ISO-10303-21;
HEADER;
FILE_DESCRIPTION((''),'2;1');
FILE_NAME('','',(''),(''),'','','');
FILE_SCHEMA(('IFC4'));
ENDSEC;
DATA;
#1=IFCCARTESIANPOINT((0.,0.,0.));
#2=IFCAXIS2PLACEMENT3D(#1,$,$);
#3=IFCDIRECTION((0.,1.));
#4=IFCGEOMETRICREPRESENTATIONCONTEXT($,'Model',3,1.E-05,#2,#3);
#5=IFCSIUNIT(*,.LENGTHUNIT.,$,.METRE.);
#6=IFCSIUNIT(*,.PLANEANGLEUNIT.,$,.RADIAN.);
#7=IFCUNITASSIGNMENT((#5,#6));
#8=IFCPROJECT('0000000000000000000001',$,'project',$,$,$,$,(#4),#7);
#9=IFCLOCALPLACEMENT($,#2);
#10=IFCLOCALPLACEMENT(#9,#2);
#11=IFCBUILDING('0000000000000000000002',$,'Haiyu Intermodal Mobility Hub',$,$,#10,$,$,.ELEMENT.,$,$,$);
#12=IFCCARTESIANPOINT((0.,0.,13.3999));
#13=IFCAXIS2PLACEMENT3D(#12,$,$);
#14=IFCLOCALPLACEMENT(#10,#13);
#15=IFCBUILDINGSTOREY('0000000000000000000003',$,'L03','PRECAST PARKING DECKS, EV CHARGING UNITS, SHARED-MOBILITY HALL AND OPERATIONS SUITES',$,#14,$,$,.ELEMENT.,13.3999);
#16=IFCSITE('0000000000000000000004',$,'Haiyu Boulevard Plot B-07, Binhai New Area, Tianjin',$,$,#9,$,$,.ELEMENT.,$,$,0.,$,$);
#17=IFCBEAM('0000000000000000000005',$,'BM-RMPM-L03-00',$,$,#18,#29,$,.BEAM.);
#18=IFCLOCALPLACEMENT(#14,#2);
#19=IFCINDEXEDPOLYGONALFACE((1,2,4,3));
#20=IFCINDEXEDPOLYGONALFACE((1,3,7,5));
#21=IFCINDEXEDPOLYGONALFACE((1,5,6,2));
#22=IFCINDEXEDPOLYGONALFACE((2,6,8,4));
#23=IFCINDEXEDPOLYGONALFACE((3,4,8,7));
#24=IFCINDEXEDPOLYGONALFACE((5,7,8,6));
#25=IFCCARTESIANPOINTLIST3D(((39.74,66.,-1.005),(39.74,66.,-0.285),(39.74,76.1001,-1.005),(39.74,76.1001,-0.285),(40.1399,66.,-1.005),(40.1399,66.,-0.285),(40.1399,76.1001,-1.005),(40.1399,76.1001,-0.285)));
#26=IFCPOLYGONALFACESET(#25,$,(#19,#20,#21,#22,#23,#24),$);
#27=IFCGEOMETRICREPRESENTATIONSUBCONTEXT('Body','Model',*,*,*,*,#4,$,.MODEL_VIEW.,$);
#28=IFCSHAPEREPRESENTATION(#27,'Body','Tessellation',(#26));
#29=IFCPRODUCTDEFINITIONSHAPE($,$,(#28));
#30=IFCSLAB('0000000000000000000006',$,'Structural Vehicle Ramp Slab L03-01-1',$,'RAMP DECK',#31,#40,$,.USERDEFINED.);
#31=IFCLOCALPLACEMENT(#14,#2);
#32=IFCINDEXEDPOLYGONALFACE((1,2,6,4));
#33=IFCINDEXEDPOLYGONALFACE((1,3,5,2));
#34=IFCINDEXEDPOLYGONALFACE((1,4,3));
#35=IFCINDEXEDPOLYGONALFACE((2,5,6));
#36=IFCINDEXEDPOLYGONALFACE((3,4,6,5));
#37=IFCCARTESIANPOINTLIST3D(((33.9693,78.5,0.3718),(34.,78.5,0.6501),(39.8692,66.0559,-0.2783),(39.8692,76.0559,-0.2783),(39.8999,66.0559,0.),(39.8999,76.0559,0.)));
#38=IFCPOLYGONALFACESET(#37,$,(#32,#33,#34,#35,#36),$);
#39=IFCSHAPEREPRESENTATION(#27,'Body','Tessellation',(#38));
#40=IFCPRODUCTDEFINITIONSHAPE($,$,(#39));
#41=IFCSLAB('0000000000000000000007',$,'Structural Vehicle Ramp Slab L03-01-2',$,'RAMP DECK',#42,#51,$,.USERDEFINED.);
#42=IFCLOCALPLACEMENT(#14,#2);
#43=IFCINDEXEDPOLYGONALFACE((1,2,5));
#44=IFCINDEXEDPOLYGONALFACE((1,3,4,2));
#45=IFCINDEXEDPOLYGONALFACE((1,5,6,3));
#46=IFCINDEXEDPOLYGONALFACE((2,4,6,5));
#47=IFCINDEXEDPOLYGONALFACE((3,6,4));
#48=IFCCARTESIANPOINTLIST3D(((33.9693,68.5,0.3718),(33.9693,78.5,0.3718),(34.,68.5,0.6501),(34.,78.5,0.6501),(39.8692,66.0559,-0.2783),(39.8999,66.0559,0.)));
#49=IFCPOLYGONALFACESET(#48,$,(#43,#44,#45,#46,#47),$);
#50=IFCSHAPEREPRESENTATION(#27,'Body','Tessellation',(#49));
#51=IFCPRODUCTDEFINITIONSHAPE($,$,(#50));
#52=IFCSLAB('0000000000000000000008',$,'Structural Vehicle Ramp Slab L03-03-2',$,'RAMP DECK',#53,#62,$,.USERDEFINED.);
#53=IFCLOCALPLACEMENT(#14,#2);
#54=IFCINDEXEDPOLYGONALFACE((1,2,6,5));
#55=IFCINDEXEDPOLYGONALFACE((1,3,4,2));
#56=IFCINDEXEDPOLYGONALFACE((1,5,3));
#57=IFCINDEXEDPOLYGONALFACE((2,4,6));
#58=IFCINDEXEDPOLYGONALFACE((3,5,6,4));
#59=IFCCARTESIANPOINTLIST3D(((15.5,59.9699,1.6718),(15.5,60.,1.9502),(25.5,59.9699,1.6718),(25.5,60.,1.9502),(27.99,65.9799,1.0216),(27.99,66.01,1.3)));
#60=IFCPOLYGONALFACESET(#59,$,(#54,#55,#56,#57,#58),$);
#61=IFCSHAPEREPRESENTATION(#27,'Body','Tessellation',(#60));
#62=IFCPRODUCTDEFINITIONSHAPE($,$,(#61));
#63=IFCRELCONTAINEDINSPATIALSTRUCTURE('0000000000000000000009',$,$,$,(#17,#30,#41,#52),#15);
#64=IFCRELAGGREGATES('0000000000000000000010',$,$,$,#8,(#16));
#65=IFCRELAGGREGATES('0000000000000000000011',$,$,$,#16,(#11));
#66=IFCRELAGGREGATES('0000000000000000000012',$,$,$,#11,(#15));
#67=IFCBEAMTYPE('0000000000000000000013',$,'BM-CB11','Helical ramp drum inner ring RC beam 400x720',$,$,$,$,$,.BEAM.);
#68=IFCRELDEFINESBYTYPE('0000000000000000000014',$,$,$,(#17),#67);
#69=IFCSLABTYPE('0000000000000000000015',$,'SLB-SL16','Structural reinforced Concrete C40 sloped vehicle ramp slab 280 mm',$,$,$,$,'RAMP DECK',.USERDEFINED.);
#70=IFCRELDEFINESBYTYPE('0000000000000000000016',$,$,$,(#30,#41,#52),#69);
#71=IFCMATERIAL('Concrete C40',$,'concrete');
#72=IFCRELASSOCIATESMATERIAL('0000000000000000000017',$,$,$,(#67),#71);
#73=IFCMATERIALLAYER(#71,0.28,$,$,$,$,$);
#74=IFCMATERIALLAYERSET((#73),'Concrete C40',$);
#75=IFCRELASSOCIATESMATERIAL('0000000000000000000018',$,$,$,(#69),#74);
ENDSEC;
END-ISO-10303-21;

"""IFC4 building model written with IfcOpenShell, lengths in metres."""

from ifc_helpers import new_model, si_unit, direction, frame, origin, origin_2d, place, context, subcontext, project, spatial, polyline, rectangle, outline, extrude, material, layer, layer_set, material_profile, profile_set, type_object, element, save


model = new_model("IFC4")

# Units and contexts
model_context = context("Model", 3, precision=1e-05, world=origin(), true_north=direction((0.0, 1.0)))
body_context = subcontext(model_context, "Body", "Model", "MODEL_VIEW")
ifc_project = project(units=[si_unit("LENGTHUNIT", "METRE"), si_unit("PLANEANGLEUNIT", "RADIAN")], contexts=[model_context])

# Site, building, storey
site_placement = place(None, origin())
site = spatial("IfcSite", under=ifc_project, at=site_placement, Name="Haiyu Boulevard Plot B-07, Binhai New Area, Tianjin", CompositionType="ELEMENT", RefElevation=0.0)
building_placement = place(site_placement, origin())
building = spatial("IfcBuilding", under=site, at=building_placement, Name="Haiyu Intermodal Mobility Hub", CompositionType="ELEMENT")
storey_placement = place(building_placement, frame((0.0, 0.0, 13.3999)))
storey = spatial("IfcBuildingStorey", under=building, at=storey_placement, Name="L03", Description="PRECAST PARKING DECKS, EV CHARGING UNITS, SHARED-MOBILITY HALL AND OPERATIONS SUITES", CompositionType="ELEMENT", Elevation=13.3999)

# Shared definitions
ifc_material_1 = material(Name="Concrete C40", Category="concrete")

# Beam
ifc_material_profile_1 = material_profile(ifc_material_1, rectangle(XDim=0.3999, YDim=0.72, at=origin_2d()), Name="RCB400x720")
ifc_profile_set_1 = profile_set([ifc_material_profile_1], Name="Concrete C40")
beam_type_1 = type_object("IfcBeamType", Name="BM-CB11", Description="Helical ramp drum inner ring RC beam 400x720", PredefinedType="BEAM", material=ifc_profile_set_1)
beam_1_placement = place(storey_placement, frame((39.9399, 66.0, -0.645), z_axis=(0.0, 1.0, 0.0), x_axis=(-1.0, 0.0, 0.0)))
element("IfcBeam", 1, at=beam_1_placement, inside=storey, type_object=beam_type_1, Name="BM-RMPM-L03-00", PredefinedType="BEAM", context=body_context, shape_type="SweptSolid", body=[
    extrude(rectangle(XDim=0.3999, YDim=0.72, at=origin_2d()), origin(), (0.0, 0.0, 1.0), 10.1001),
])

# Slabs
ifc_layer = layer(ifc_material_1, 0.28)
ifc_layer_set = layer_set([ifc_layer], Name="Concrete C40")
slab_type = type_object("IfcSlabType", Name="SLB-SL16", Description="Structural reinforced Concrete C40 sloped vehicle ramp slab 280 mm", ElementType="RAMP DECK", PredefinedType="USERDEFINED", material=ifc_layer_set)
slab_1_placement = place(storey_placement, frame((39.8999, 66.0559, 0.0), z_axis=(0.109533, 0.0, 0.993983), x_axis=(0.0, 1.0, 0.0)))
element("IfcSlab", 2, at=slab_1_placement, inside=storey, type_object=slab_type, Name="Structural Vehicle Ramp Slab L03-01-1", ObjectType="RAMP DECK", PredefinedType="USERDEFINED", context=body_context, shape_type="SweptSolid", body=[
    extrude(outline(polyline([(0.0, 0.0), (10.0, 0.0), (12.4441, 5.9356), (0.0, 0.0)])), origin(), (0.0, 0.0, -1.0), 0.28),
])
slab_2_placement = place(storey_placement, frame((39.8999, 66.0559, 0.0), z_axis=(0.109533, 0.0, 0.993983), x_axis=(-0.427926, 0.902583, 0.047156)))
element("IfcSlab", 3, at=slab_2_placement, inside=storey, type_object=slab_type, Name="Structural Vehicle Ramp Slab L03-01-2", ObjectType="RAMP DECK", PredefinedType="USERDEFINED", context=body_context, shape_type="SweptSolid", body=[
    extrude(outline(polyline([(0.0, 0.0), (13.7872, 0.0), (4.7614, 4.3052), (0.0, 0.0)])), origin(), (0.0, 0.0, -1.0), 0.28),
])
slab_3_placement = place(storey_placement, frame((27.99, 66.01, 1.3), z_axis=(0.0, 0.10755, 0.9942), x_axis=(-0.900116, -0.433123, 0.046854)))
element("IfcSlab", 4, at=slab_3_placement, inside=storey, type_object=slab_type, Name="Structural Vehicle Ramp Slab L03-03-2", ObjectType="RAMP DECK", PredefinedType="USERDEFINED", context=body_context, shape_type="SweptSolid", body=[
    extrude(outline(polyline([(0.0, 0.0), (13.876, 0.0), (4.8748, 4.3565), (0.0, 0.0)])), origin(), (0.0, 0.0, -1.0), 0.28),
])

save(model, "model.ifc")
